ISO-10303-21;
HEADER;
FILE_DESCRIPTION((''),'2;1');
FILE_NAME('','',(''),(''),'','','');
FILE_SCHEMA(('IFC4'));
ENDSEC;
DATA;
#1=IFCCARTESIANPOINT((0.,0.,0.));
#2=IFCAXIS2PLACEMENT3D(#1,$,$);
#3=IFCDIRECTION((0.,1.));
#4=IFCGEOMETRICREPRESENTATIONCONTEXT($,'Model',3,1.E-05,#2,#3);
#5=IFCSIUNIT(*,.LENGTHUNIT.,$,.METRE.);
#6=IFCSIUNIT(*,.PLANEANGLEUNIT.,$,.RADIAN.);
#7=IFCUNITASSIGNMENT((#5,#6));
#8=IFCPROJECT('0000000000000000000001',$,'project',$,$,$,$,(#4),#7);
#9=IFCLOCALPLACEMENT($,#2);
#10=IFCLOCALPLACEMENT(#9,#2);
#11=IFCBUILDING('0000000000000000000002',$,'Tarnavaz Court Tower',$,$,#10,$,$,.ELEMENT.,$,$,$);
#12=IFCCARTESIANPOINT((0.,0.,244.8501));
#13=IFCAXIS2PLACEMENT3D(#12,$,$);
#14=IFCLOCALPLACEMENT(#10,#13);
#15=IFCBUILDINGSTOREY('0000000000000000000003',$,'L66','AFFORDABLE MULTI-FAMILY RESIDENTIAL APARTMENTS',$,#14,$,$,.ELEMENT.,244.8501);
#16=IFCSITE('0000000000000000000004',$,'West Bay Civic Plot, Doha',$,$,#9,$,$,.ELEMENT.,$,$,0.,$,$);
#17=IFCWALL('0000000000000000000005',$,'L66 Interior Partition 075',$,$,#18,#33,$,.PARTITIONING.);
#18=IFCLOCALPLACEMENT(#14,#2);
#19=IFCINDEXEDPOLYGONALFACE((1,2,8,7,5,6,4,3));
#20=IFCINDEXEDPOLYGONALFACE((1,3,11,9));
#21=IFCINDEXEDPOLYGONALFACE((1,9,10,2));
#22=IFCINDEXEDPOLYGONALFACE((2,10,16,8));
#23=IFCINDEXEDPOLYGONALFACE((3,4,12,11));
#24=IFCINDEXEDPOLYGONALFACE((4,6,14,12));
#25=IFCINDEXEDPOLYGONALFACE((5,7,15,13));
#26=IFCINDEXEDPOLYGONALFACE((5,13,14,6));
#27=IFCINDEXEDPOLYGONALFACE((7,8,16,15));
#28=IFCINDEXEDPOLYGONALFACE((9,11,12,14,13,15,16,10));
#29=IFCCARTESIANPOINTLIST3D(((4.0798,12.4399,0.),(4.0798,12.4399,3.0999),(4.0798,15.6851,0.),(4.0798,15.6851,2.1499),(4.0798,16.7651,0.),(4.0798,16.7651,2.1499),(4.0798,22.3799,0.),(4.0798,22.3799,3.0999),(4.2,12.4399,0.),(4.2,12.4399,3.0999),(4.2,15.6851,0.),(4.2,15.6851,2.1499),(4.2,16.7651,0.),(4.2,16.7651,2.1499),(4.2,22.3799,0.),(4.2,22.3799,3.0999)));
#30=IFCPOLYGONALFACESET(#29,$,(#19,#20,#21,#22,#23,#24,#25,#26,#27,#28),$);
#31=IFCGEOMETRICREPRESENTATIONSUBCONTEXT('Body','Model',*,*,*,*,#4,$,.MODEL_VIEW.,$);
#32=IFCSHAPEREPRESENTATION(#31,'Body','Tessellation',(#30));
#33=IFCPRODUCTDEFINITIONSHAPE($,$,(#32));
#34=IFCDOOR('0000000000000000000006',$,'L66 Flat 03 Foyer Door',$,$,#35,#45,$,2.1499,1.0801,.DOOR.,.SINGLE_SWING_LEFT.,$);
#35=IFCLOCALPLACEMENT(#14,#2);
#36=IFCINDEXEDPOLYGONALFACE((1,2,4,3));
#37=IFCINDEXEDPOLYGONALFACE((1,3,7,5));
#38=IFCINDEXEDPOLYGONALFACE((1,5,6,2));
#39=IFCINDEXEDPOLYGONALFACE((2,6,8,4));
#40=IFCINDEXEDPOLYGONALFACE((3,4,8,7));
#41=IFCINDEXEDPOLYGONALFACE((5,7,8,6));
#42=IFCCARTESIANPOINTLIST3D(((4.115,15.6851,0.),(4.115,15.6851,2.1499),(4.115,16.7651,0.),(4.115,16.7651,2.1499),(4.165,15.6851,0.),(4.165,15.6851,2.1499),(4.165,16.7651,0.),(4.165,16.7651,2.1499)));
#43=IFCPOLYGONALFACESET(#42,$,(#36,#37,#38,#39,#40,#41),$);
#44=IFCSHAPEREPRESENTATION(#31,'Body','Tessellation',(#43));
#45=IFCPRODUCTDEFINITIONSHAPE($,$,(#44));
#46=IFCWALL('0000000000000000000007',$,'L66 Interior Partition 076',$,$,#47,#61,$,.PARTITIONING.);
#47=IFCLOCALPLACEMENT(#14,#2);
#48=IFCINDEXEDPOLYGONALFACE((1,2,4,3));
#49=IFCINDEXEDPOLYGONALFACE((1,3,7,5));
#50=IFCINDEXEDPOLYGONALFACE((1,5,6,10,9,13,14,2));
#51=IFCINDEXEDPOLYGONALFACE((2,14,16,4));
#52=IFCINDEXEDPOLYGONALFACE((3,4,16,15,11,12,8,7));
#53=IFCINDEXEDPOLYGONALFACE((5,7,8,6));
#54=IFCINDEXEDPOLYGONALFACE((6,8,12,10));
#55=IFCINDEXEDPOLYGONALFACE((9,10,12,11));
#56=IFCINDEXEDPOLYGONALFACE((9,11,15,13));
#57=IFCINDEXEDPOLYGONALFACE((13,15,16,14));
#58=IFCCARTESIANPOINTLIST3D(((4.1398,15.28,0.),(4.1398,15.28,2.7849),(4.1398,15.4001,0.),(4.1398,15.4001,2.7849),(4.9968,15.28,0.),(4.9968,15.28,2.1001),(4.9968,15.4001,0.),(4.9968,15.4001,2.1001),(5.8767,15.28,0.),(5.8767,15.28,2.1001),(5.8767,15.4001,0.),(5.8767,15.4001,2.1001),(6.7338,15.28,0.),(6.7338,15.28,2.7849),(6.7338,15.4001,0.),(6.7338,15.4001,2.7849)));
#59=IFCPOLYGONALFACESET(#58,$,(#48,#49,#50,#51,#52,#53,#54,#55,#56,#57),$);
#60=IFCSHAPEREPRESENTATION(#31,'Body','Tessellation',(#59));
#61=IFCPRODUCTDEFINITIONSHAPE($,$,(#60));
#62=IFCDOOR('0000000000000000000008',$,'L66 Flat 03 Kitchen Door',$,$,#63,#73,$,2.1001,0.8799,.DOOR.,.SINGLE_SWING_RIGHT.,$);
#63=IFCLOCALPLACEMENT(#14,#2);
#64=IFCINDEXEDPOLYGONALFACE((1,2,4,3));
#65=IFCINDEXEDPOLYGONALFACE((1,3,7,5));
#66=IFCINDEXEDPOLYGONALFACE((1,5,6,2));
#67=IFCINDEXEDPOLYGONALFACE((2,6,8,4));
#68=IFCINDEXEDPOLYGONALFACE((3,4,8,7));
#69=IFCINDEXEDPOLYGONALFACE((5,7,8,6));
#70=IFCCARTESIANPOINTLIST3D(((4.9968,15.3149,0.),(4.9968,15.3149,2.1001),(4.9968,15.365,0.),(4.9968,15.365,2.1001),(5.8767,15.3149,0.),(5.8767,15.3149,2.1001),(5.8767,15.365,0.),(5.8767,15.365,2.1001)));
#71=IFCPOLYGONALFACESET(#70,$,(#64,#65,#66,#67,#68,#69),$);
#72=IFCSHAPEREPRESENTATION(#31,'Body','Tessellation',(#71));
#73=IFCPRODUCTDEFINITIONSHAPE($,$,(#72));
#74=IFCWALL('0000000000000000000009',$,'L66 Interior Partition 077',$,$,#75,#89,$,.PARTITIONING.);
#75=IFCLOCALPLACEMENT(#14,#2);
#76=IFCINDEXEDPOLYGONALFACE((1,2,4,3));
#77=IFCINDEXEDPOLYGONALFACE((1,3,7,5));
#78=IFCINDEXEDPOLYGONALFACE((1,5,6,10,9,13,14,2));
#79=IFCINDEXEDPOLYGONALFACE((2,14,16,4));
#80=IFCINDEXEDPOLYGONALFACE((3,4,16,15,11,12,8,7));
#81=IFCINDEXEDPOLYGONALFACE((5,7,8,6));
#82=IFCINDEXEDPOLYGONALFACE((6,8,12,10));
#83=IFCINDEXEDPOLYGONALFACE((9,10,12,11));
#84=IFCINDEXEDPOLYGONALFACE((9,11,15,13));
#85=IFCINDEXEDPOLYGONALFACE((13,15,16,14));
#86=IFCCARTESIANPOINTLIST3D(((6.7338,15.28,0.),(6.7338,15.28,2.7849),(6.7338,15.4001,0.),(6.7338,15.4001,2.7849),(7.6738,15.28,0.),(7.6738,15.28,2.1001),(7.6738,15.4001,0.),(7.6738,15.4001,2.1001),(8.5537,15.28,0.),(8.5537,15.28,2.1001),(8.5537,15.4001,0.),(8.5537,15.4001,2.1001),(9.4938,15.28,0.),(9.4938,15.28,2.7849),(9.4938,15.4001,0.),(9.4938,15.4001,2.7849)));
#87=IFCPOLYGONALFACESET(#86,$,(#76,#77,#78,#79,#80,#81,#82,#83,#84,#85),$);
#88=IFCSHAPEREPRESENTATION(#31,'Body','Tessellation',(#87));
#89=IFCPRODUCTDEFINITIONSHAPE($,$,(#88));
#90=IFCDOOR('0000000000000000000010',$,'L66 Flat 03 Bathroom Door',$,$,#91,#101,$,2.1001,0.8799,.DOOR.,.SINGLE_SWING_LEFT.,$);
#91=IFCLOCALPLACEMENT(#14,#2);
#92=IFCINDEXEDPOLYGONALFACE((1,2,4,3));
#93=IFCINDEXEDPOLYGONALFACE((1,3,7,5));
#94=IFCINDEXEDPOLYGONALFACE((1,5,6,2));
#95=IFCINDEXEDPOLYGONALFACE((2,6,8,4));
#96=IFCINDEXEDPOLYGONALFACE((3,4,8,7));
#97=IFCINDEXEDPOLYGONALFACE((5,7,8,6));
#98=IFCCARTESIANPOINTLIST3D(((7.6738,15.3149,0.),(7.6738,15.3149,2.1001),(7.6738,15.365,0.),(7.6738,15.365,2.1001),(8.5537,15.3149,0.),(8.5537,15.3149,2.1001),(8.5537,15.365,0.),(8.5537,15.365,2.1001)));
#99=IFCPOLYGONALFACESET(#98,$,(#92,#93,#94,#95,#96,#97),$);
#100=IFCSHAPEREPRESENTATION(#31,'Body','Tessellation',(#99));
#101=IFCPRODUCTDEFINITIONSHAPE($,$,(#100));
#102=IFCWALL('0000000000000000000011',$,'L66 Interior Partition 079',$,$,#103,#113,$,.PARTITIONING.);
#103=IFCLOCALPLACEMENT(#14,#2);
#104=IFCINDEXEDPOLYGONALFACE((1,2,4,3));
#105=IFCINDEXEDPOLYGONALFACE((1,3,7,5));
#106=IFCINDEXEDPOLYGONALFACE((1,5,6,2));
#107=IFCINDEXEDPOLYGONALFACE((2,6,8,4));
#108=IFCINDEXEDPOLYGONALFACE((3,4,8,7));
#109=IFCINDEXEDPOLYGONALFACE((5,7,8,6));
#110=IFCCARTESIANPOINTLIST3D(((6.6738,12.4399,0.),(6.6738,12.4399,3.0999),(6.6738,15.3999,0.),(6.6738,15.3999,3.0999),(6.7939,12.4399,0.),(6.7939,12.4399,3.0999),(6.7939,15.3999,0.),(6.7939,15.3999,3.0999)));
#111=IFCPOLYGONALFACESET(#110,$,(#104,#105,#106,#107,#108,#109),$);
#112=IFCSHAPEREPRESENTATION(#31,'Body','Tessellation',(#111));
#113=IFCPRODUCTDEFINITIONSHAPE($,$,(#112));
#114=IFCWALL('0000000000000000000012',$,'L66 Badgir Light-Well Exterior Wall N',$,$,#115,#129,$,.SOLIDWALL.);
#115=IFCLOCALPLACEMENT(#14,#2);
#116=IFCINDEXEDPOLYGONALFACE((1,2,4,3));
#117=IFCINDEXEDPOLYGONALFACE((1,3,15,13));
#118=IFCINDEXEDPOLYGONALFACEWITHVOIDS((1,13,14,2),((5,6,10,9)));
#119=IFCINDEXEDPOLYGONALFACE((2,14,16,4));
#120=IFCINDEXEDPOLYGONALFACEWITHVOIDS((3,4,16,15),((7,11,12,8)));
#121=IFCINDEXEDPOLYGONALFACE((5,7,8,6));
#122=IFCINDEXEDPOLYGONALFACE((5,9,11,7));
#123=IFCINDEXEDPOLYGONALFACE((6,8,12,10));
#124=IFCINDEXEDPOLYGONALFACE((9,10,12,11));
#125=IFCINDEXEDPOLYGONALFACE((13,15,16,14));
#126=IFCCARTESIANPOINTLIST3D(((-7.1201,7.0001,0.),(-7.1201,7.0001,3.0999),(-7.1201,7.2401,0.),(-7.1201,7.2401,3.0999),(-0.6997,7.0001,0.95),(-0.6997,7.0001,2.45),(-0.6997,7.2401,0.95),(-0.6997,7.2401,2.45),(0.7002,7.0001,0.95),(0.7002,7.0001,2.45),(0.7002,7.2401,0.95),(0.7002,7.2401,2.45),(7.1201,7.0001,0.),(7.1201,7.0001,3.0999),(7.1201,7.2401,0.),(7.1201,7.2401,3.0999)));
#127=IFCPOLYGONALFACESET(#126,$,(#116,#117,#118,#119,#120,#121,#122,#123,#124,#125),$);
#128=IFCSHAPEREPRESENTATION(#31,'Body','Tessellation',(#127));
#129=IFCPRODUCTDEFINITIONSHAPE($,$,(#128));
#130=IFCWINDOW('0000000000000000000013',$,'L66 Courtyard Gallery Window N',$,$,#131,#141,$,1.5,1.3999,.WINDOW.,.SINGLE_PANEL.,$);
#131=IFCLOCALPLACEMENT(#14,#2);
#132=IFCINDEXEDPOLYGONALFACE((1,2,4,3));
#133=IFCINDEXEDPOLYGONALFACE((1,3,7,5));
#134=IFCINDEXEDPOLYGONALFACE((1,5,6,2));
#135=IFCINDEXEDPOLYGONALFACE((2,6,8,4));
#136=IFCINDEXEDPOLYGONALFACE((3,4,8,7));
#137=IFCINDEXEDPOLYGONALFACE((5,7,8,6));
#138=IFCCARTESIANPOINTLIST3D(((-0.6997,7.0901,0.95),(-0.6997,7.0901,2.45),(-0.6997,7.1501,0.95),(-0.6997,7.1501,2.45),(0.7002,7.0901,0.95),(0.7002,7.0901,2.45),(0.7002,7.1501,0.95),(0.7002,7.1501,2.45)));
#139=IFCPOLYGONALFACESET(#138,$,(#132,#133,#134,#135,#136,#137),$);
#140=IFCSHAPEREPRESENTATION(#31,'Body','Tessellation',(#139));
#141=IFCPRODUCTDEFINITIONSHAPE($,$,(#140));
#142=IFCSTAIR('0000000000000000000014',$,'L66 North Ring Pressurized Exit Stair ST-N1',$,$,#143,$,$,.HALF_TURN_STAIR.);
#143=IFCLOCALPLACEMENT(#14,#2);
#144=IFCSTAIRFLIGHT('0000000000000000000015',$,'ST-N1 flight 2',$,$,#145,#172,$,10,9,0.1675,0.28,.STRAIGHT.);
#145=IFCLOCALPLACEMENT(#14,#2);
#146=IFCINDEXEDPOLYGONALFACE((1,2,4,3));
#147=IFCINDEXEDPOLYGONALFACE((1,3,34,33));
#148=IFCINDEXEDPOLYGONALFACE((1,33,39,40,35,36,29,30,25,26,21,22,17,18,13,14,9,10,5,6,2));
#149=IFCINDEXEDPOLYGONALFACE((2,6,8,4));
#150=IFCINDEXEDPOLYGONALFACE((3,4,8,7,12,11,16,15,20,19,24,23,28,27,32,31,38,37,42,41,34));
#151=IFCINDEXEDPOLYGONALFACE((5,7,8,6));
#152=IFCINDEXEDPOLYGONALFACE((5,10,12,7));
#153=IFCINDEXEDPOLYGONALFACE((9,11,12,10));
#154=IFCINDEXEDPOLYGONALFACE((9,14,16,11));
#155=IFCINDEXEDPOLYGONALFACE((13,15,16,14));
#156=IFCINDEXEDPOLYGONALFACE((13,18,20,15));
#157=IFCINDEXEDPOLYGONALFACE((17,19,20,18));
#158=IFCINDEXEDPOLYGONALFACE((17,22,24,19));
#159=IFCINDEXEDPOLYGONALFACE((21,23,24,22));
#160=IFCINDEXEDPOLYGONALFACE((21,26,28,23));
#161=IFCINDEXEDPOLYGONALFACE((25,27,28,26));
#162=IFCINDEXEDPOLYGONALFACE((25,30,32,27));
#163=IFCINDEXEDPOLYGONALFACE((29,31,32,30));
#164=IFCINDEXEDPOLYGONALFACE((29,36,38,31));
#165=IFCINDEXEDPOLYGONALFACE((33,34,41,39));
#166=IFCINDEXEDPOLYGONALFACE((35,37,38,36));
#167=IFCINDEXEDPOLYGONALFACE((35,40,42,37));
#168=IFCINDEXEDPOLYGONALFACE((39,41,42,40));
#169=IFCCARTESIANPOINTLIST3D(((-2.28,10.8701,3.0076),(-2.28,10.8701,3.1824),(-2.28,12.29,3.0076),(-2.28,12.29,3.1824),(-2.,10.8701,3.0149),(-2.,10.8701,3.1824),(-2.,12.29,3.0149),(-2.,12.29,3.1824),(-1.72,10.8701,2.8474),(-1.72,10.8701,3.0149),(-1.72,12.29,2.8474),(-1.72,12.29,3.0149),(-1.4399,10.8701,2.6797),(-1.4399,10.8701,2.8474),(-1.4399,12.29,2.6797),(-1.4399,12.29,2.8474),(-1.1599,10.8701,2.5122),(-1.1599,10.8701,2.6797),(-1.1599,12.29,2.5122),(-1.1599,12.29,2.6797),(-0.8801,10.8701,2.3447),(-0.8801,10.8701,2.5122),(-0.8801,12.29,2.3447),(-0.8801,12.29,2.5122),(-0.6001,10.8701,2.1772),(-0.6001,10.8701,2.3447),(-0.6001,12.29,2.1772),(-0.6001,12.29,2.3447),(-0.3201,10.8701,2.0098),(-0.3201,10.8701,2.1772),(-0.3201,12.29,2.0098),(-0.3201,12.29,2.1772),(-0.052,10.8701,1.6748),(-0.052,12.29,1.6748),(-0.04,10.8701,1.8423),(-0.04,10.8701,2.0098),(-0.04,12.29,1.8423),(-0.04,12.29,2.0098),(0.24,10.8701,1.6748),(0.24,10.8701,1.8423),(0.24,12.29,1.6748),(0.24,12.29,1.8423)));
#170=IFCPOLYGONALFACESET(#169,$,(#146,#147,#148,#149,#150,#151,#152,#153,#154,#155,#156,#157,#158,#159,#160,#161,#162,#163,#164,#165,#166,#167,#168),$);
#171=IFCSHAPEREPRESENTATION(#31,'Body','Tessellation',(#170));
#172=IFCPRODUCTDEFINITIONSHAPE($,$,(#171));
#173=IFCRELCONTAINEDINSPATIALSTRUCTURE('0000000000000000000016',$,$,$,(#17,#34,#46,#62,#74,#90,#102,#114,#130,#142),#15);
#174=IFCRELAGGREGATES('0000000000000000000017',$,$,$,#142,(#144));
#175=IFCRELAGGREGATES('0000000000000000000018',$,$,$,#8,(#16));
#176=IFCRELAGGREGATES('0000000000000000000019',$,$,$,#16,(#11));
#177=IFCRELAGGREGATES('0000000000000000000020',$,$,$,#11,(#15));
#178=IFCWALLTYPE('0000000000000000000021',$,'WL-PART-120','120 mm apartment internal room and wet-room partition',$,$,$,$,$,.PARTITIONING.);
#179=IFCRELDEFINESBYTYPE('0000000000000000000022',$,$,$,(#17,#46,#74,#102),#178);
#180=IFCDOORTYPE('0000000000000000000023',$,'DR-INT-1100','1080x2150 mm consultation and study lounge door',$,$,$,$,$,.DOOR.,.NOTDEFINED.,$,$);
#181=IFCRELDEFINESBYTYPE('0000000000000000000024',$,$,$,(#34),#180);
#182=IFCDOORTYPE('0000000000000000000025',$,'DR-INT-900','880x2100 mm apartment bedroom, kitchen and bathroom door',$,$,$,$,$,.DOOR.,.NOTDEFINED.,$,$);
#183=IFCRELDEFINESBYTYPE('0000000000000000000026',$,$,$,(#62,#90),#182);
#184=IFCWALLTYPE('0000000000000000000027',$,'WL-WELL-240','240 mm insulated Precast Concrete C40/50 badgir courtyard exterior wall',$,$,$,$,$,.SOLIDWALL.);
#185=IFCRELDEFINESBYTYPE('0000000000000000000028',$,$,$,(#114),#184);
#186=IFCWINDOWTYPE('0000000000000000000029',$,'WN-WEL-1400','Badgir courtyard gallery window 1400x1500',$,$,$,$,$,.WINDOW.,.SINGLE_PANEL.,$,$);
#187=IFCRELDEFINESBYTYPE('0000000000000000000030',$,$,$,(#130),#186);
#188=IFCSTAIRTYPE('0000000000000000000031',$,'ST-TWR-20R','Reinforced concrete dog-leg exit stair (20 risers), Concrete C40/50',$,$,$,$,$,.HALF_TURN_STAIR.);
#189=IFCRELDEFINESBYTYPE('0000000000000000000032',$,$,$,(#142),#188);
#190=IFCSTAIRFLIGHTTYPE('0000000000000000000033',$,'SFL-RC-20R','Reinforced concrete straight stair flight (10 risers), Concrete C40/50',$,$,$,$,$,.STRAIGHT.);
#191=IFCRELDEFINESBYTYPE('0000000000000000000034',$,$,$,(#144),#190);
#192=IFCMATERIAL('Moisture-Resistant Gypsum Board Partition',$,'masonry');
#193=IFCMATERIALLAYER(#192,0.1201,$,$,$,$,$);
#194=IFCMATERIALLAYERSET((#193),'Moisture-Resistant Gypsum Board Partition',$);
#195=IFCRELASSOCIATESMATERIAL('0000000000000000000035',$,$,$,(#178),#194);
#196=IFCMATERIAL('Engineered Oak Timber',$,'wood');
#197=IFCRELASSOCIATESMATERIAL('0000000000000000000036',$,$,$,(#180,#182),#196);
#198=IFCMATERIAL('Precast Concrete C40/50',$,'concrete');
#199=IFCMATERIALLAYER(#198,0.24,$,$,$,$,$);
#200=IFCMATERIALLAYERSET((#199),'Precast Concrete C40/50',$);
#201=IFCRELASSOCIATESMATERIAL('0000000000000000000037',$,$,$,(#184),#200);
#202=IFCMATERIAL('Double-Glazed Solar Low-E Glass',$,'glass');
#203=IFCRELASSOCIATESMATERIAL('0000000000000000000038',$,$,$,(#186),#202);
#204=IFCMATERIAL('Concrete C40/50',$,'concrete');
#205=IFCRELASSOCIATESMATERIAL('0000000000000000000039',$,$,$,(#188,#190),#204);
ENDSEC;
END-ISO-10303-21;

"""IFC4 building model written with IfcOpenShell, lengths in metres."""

from ifc_helpers import new_model, si_unit, direction, frame, frame_2d, origin, place, context, subcontext, project, spatial, polyline, rectangle, outline, extrude, material, layer, layer_set, type_object, element, fill, aggregate, save


model = new_model("IFC4")

# Units and contexts
model_context = context("Model", 3, precision=1e-05, world=origin(), true_north=direction((0.0, 1.0)))
body_context = subcontext(model_context, "Body", "Model", "MODEL_VIEW")
ifc_project = project(units=[si_unit("LENGTHUNIT", "METRE"), si_unit("PLANEANGLEUNIT", "RADIAN")], contexts=[model_context])

# Site, building, storey
site_placement = place(None, origin())
site = spatial("IfcSite", under=ifc_project, at=site_placement, Name="West Bay Civic Plot, Doha", CompositionType="ELEMENT", RefElevation=0.0)
building_placement = place(site_placement, origin())
building = spatial("IfcBuilding", under=site, at=building_placement, Name="Tarnavaz Court Tower", CompositionType="ELEMENT")
storey_placement = place(building_placement, frame((0.0, 0.0, 244.8501)))
storey = spatial("IfcBuildingStorey", under=building, at=storey_placement, Name="L66", Description="AFFORDABLE MULTI-FAMILY RESIDENTIAL APARTMENTS", CompositionType="ELEMENT", Elevation=244.8501)

# Walls, openings, doors
ifc_material_1 = material(Name="Moisture-Resistant Gypsum Board Partition", Category="masonry")
ifc_layer_1 = layer(ifc_material_1, 0.1201)
ifc_layer_set_1 = layer_set([ifc_layer_1], Name="Moisture-Resistant Gypsum Board Partition")
wall_type_1 = type_object("IfcWallType", Name="WL-PART-120", Description="120 mm apartment internal room and wet-room partition", PredefinedType="PARTITIONING", material=ifc_layer_set_1)
wall_1_placement = place(storey_placement, frame((4.1399, 12.4399, 0.0), z_axis=(0.0, 0.0, 1.0), x_axis=(0.0, 1.0, 0.0)))
wall_1 = element("IfcWall", 1, at=wall_1_placement, inside=storey, type_object=wall_type_1, Name="L66 Interior Partition 075", PredefinedType="PARTITIONING", context=body_context, shape_type="SweptSolid", body=[
    extrude(rectangle(XDim=9.9399, YDim=0.1201, at=frame_2d((4.97, 0.0))), origin(), (0.0, 0.0, 1.0), 3.0999),
])
opening_1_placement = place(wall_1_placement, frame((3.2451, 0.0, 0.0)))
opening_1 = element("IfcOpeningElement", 2, at=opening_1_placement, cuts=wall_1, PredefinedType="OPENING", context=body_context, shape_type="SweptSolid", body=[
    extrude(rectangle(XDim=1.0801, YDim=2.1499, at=frame_2d((0.54, 1.075))), frame((0.0, 0.0701, 0.0), z_axis=(0.0, -1.0, 0.0), x_axis=(1.0, 0.0, 0.0)), (0.0, 0.0, 1.0), 0.1401),
])
ifc_material_2 = material(Name="Engineered Oak Timber", Category="wood")
door_type_1 = type_object("IfcDoorType", Name="DR-INT-1100", Description="1080x2150 mm consultation and study lounge door", OperationType="NOTDEFINED", PredefinedType="DOOR", material=ifc_material_2)
door_1_placement = place(opening_1_placement, origin())
door_1 = element("IfcDoor", 3, at=door_1_placement, inside=storey, type_object=door_type_1, Name="L66 Flat 03 Foyer Door", OperationType="SINGLE_SWING_LEFT", OverallHeight=2.1499, OverallWidth=1.0801, PredefinedType="DOOR", context=body_context, shape_type="SweptSolid", body=[
    extrude(rectangle(XDim=1.0801, YDim=2.1499, at=frame_2d((0.54, 1.075))), frame((0.0, 0.0249, 0.0), z_axis=(0.0, -1.0, 0.0), x_axis=(1.0, 0.0, 0.0)), (0.0, 0.0, 1.0), 0.05),
])
fill(opening_1, door_1)
wall_2_placement = place(storey_placement, frame((4.1399, 15.3401, 0.0), z_axis=(0.0, 0.0, 1.0), x_axis=(1.0, 0.0, 0.0)))
wall_2 = element("IfcWall", 4, at=wall_2_placement, inside=storey, type_object=wall_type_1, Name="L66 Interior Partition 076", PredefinedType="PARTITIONING", context=body_context, shape_type="SweptSolid", body=[
    extrude(rectangle(XDim=2.594, YDim=0.1201, at=frame_2d((1.2969, 0.0))), origin(), (0.0, 0.0, 1.0), 2.7849),
])
opening_2_placement = place(wall_2_placement, frame((0.8569, 0.0, 0.0)))
opening_2 = element("IfcOpeningElement", 5, at=opening_2_placement, cuts=wall_2, PredefinedType="OPENING", context=body_context, shape_type="SweptSolid", body=[
    extrude(rectangle(XDim=0.8799, YDim=2.1001, at=frame_2d((0.4399, 1.05))), frame((0.0, 0.0701, 0.0), z_axis=(0.0, -1.0, 0.0), x_axis=(1.0, 0.0, 0.0)), (0.0, 0.0, 1.0), 0.1401),
])
door_type_2 = type_object("IfcDoorType", Name="DR-INT-900", Description="880x2100 mm apartment bedroom, kitchen and bathroom door", OperationType="NOTDEFINED", PredefinedType="DOOR", material=ifc_material_2)
door_2_placement = place(opening_2_placement, origin())
door_2 = element("IfcDoor", 6, at=door_2_placement, inside=storey, type_object=door_type_2, Name="L66 Flat 03 Kitchen Door", OperationType="SINGLE_SWING_RIGHT", OverallHeight=2.1001, OverallWidth=0.8799, PredefinedType="DOOR", context=body_context, shape_type="SweptSolid", body=[
    extrude(rectangle(XDim=0.8799, YDim=2.1001, at=frame_2d((0.4399, 1.05))), frame((0.0, 0.0249, 0.0), z_axis=(0.0, -1.0, 0.0), x_axis=(1.0, 0.0, 0.0)), (0.0, 0.0, 1.0), 0.05),
])
fill(opening_2, door_2)
wall_3_placement = place(storey_placement, frame((6.7339, 15.3401, 0.0), z_axis=(0.0, 0.0, 1.0), x_axis=(1.0, 0.0, 0.0)))
wall_3 = element("IfcWall", 7, at=wall_3_placement, inside=storey, type_object=wall_type_1, Name="L66 Interior Partition 077", PredefinedType="PARTITIONING", context=body_context, shape_type="SweptSolid", body=[
    extrude(rectangle(XDim=2.76, YDim=0.1201, at=frame_2d((1.3799, 0.0))), origin(), (0.0, 0.0, 1.0), 2.7849),
])
opening_3_placement = place(wall_3_placement, frame((0.9399, 0.0, 0.0)))
opening_3 = element("IfcOpeningElement", 8, at=opening_3_placement, cuts=wall_3, PredefinedType="OPENING", context=body_context, shape_type="SweptSolid", body=[
    extrude(rectangle(XDim=0.8799, YDim=2.1001, at=frame_2d((0.4399, 1.05))), frame((0.0, 0.0701, 0.0), z_axis=(0.0, -1.0, 0.0), x_axis=(1.0, 0.0, 0.0)), (0.0, 0.0, 1.0), 0.1401),
])
door_3_placement = place(opening_3_placement, origin())
door_3 = element("IfcDoor", 9, at=door_3_placement, inside=storey, type_object=door_type_2, Name="L66 Flat 03 Bathroom Door", OperationType="SINGLE_SWING_LEFT", OverallHeight=2.1001, OverallWidth=0.8799, PredefinedType="DOOR", context=body_context, shape_type="SweptSolid", body=[
    extrude(rectangle(XDim=0.8799, YDim=2.1001, at=frame_2d((0.4399, 1.05))), frame((0.0, 0.0249, 0.0), z_axis=(0.0, -1.0, 0.0), x_axis=(1.0, 0.0, 0.0)), (0.0, 0.0, 1.0), 0.05),
])
fill(opening_3, door_3)

# Wall
wall_4_placement = place(storey_placement, frame((6.7339, 12.4399, 0.0), z_axis=(0.0, 0.0, 1.0), x_axis=(0.0, 1.0, 0.0)))
element("IfcWall", 10, at=wall_4_placement, inside=storey, type_object=wall_type_1, Name="L66 Interior Partition 079", PredefinedType="PARTITIONING", context=body_context, shape_type="SweptSolid", body=[
    extrude(rectangle(XDim=2.96, YDim=0.1201, at=frame_2d((1.48, 0.0))), origin(), (0.0, 0.0, 1.0), 3.0999),
])

# Wall, opening, window
ifc_material_3 = material(Name="Precast Concrete C40/50", Category="concrete")
ifc_layer_2 = layer(ifc_material_3, 0.24)
ifc_layer_set_2 = layer_set([ifc_layer_2], Name="Precast Concrete C40/50")
wall_type_2 = type_object("IfcWallType", Name="WL-WELL-240", Description="240 mm insulated Precast Concrete C40/50 badgir courtyard exterior wall", PredefinedType="SOLIDWALL", material=ifc_layer_set_2)
wall_5_placement = place(storey_placement, frame((7.1201, 7.1201, 0.0), z_axis=(0.0, 0.0, 1.0), x_axis=(-1.0, 0.0, 0.0)))
wall_5 = element("IfcWall", 11, at=wall_5_placement, inside=storey, type_object=wall_type_2, Name="L66 Badgir Light-Well Exterior Wall N", PredefinedType="SOLIDWALL", context=body_context, shape_type="SweptSolid", body=[
    extrude(rectangle(XDim=14.2402, YDim=0.24, at=frame_2d((7.1201, 0.0))), origin(), (0.0, 0.0, 1.0), 3.0999),
])
opening_4_placement = place(wall_5_placement, frame((6.4199, 0.0, 0.95)))
opening_4 = element("IfcOpeningElement", 12, at=opening_4_placement, cuts=wall_5, PredefinedType="OPENING", context=body_context, shape_type="SweptSolid", body=[
    extrude(rectangle(XDim=1.3999, YDim=1.5, at=frame_2d((0.7, 0.75))), frame((0.0, 0.1299, 0.0), z_axis=(0.0, -1.0, 0.0), x_axis=(1.0, 0.0, 0.0)), (0.0, 0.0, 1.0), 0.26),
])
ifc_material_4 = material(Name="Double-Glazed Solar Low-E Glass", Category="glass")
window_type = type_object("IfcWindowType", Name="WN-WEL-1400", Description="Badgir courtyard gallery window 1400x1500", PartitioningType="SINGLE_PANEL", PredefinedType="WINDOW", material=ifc_material_4)
window_placement = place(opening_4_placement, origin())
window = element("IfcWindow", 13, at=window_placement, inside=storey, type_object=window_type, Name="L66 Courtyard Gallery Window N", OverallHeight=1.5, OverallWidth=1.3999, PartitioningType="SINGLE_PANEL", PredefinedType="WINDOW", context=body_context, shape_type="SweptSolid", body=[
    extrude(rectangle(XDim=1.3999, YDim=1.5, at=frame_2d((0.7, 0.75))), frame((0.0, 0.03, 0.0), z_axis=(0.0, -1.0, 0.0), x_axis=(1.0, 0.0, 0.0)), (0.0, 0.0, 1.0), 0.0601),
])
fill(opening_4, window)

# Stair, stair flight
ifc_material_5 = material(Name="Concrete C40/50", Category="concrete")
stair_type = type_object("IfcStairType", Name="ST-TWR-20R", Description="Reinforced concrete dog-leg exit stair (20 risers), Concrete C40/50", PredefinedType="HALF_TURN_STAIR", material=ifc_material_5)
stair_placement = place(storey_placement, origin())
stair = element("IfcStair", 14, at=stair_placement, inside=storey, type_object=stair_type, Name="L66 North Ring Pressurized Exit Stair ST-N1", PredefinedType="HALF_TURN_STAIR")
stair_flight_type = type_object("IfcStairFlightType", Name="SFL-RC-20R", Description="Reinforced concrete straight stair flight (10 risers), Concrete C40/50", PredefinedType="STRAIGHT", material=ifc_material_5)
stair_flight_placement = place(storey_placement, frame((0.24, 11.5801, 1.6748), z_axis=(0.0, 0.0, 1.0), x_axis=(-1.0, 0.0, 0.0)))
stair_flight = element("IfcStairFlight", 15, at=stair_flight_placement, type_object=stair_flight_type, Name="ST-N1 flight 2", NumberOfRisers=10, NumberOfTreads=9, PredefinedType="STRAIGHT", RiserHeight=0.1675, TreadLength=0.28, context=body_context, shape_type="SweptSolid", body=[
    extrude(outline(polyline([(0.0, 0.0), (0.0, 0.1675), (0.28, 0.1675), (0.28, 0.335), (0.5601, 0.335), (0.5601, 0.5024), (0.8401, 0.5024), (0.8401, 0.6699), (1.1201, 0.6699), (1.1201, 0.8374), (1.3999, 0.8374), (1.3999, 1.0049), (1.6799, 1.0049), (1.6799, 1.1726), (1.96, 1.1726), (1.96, 1.3401), (2.24, 1.3401), (2.24, 1.5076), (2.52, 1.5076), (2.52, 1.675), (2.52, 1.3328), (0.292, 0.0), (0.0, 0.0)])), frame((0.0, 0.71, 0.0), z_axis=(0.0, -1.0, 0.0), x_axis=(1.0, 0.0, 0.0)), (0.0, 0.0, 1.0), 1.4199),
])
aggregate(stair, [stair_flight])

save(model, "model.ifc")
